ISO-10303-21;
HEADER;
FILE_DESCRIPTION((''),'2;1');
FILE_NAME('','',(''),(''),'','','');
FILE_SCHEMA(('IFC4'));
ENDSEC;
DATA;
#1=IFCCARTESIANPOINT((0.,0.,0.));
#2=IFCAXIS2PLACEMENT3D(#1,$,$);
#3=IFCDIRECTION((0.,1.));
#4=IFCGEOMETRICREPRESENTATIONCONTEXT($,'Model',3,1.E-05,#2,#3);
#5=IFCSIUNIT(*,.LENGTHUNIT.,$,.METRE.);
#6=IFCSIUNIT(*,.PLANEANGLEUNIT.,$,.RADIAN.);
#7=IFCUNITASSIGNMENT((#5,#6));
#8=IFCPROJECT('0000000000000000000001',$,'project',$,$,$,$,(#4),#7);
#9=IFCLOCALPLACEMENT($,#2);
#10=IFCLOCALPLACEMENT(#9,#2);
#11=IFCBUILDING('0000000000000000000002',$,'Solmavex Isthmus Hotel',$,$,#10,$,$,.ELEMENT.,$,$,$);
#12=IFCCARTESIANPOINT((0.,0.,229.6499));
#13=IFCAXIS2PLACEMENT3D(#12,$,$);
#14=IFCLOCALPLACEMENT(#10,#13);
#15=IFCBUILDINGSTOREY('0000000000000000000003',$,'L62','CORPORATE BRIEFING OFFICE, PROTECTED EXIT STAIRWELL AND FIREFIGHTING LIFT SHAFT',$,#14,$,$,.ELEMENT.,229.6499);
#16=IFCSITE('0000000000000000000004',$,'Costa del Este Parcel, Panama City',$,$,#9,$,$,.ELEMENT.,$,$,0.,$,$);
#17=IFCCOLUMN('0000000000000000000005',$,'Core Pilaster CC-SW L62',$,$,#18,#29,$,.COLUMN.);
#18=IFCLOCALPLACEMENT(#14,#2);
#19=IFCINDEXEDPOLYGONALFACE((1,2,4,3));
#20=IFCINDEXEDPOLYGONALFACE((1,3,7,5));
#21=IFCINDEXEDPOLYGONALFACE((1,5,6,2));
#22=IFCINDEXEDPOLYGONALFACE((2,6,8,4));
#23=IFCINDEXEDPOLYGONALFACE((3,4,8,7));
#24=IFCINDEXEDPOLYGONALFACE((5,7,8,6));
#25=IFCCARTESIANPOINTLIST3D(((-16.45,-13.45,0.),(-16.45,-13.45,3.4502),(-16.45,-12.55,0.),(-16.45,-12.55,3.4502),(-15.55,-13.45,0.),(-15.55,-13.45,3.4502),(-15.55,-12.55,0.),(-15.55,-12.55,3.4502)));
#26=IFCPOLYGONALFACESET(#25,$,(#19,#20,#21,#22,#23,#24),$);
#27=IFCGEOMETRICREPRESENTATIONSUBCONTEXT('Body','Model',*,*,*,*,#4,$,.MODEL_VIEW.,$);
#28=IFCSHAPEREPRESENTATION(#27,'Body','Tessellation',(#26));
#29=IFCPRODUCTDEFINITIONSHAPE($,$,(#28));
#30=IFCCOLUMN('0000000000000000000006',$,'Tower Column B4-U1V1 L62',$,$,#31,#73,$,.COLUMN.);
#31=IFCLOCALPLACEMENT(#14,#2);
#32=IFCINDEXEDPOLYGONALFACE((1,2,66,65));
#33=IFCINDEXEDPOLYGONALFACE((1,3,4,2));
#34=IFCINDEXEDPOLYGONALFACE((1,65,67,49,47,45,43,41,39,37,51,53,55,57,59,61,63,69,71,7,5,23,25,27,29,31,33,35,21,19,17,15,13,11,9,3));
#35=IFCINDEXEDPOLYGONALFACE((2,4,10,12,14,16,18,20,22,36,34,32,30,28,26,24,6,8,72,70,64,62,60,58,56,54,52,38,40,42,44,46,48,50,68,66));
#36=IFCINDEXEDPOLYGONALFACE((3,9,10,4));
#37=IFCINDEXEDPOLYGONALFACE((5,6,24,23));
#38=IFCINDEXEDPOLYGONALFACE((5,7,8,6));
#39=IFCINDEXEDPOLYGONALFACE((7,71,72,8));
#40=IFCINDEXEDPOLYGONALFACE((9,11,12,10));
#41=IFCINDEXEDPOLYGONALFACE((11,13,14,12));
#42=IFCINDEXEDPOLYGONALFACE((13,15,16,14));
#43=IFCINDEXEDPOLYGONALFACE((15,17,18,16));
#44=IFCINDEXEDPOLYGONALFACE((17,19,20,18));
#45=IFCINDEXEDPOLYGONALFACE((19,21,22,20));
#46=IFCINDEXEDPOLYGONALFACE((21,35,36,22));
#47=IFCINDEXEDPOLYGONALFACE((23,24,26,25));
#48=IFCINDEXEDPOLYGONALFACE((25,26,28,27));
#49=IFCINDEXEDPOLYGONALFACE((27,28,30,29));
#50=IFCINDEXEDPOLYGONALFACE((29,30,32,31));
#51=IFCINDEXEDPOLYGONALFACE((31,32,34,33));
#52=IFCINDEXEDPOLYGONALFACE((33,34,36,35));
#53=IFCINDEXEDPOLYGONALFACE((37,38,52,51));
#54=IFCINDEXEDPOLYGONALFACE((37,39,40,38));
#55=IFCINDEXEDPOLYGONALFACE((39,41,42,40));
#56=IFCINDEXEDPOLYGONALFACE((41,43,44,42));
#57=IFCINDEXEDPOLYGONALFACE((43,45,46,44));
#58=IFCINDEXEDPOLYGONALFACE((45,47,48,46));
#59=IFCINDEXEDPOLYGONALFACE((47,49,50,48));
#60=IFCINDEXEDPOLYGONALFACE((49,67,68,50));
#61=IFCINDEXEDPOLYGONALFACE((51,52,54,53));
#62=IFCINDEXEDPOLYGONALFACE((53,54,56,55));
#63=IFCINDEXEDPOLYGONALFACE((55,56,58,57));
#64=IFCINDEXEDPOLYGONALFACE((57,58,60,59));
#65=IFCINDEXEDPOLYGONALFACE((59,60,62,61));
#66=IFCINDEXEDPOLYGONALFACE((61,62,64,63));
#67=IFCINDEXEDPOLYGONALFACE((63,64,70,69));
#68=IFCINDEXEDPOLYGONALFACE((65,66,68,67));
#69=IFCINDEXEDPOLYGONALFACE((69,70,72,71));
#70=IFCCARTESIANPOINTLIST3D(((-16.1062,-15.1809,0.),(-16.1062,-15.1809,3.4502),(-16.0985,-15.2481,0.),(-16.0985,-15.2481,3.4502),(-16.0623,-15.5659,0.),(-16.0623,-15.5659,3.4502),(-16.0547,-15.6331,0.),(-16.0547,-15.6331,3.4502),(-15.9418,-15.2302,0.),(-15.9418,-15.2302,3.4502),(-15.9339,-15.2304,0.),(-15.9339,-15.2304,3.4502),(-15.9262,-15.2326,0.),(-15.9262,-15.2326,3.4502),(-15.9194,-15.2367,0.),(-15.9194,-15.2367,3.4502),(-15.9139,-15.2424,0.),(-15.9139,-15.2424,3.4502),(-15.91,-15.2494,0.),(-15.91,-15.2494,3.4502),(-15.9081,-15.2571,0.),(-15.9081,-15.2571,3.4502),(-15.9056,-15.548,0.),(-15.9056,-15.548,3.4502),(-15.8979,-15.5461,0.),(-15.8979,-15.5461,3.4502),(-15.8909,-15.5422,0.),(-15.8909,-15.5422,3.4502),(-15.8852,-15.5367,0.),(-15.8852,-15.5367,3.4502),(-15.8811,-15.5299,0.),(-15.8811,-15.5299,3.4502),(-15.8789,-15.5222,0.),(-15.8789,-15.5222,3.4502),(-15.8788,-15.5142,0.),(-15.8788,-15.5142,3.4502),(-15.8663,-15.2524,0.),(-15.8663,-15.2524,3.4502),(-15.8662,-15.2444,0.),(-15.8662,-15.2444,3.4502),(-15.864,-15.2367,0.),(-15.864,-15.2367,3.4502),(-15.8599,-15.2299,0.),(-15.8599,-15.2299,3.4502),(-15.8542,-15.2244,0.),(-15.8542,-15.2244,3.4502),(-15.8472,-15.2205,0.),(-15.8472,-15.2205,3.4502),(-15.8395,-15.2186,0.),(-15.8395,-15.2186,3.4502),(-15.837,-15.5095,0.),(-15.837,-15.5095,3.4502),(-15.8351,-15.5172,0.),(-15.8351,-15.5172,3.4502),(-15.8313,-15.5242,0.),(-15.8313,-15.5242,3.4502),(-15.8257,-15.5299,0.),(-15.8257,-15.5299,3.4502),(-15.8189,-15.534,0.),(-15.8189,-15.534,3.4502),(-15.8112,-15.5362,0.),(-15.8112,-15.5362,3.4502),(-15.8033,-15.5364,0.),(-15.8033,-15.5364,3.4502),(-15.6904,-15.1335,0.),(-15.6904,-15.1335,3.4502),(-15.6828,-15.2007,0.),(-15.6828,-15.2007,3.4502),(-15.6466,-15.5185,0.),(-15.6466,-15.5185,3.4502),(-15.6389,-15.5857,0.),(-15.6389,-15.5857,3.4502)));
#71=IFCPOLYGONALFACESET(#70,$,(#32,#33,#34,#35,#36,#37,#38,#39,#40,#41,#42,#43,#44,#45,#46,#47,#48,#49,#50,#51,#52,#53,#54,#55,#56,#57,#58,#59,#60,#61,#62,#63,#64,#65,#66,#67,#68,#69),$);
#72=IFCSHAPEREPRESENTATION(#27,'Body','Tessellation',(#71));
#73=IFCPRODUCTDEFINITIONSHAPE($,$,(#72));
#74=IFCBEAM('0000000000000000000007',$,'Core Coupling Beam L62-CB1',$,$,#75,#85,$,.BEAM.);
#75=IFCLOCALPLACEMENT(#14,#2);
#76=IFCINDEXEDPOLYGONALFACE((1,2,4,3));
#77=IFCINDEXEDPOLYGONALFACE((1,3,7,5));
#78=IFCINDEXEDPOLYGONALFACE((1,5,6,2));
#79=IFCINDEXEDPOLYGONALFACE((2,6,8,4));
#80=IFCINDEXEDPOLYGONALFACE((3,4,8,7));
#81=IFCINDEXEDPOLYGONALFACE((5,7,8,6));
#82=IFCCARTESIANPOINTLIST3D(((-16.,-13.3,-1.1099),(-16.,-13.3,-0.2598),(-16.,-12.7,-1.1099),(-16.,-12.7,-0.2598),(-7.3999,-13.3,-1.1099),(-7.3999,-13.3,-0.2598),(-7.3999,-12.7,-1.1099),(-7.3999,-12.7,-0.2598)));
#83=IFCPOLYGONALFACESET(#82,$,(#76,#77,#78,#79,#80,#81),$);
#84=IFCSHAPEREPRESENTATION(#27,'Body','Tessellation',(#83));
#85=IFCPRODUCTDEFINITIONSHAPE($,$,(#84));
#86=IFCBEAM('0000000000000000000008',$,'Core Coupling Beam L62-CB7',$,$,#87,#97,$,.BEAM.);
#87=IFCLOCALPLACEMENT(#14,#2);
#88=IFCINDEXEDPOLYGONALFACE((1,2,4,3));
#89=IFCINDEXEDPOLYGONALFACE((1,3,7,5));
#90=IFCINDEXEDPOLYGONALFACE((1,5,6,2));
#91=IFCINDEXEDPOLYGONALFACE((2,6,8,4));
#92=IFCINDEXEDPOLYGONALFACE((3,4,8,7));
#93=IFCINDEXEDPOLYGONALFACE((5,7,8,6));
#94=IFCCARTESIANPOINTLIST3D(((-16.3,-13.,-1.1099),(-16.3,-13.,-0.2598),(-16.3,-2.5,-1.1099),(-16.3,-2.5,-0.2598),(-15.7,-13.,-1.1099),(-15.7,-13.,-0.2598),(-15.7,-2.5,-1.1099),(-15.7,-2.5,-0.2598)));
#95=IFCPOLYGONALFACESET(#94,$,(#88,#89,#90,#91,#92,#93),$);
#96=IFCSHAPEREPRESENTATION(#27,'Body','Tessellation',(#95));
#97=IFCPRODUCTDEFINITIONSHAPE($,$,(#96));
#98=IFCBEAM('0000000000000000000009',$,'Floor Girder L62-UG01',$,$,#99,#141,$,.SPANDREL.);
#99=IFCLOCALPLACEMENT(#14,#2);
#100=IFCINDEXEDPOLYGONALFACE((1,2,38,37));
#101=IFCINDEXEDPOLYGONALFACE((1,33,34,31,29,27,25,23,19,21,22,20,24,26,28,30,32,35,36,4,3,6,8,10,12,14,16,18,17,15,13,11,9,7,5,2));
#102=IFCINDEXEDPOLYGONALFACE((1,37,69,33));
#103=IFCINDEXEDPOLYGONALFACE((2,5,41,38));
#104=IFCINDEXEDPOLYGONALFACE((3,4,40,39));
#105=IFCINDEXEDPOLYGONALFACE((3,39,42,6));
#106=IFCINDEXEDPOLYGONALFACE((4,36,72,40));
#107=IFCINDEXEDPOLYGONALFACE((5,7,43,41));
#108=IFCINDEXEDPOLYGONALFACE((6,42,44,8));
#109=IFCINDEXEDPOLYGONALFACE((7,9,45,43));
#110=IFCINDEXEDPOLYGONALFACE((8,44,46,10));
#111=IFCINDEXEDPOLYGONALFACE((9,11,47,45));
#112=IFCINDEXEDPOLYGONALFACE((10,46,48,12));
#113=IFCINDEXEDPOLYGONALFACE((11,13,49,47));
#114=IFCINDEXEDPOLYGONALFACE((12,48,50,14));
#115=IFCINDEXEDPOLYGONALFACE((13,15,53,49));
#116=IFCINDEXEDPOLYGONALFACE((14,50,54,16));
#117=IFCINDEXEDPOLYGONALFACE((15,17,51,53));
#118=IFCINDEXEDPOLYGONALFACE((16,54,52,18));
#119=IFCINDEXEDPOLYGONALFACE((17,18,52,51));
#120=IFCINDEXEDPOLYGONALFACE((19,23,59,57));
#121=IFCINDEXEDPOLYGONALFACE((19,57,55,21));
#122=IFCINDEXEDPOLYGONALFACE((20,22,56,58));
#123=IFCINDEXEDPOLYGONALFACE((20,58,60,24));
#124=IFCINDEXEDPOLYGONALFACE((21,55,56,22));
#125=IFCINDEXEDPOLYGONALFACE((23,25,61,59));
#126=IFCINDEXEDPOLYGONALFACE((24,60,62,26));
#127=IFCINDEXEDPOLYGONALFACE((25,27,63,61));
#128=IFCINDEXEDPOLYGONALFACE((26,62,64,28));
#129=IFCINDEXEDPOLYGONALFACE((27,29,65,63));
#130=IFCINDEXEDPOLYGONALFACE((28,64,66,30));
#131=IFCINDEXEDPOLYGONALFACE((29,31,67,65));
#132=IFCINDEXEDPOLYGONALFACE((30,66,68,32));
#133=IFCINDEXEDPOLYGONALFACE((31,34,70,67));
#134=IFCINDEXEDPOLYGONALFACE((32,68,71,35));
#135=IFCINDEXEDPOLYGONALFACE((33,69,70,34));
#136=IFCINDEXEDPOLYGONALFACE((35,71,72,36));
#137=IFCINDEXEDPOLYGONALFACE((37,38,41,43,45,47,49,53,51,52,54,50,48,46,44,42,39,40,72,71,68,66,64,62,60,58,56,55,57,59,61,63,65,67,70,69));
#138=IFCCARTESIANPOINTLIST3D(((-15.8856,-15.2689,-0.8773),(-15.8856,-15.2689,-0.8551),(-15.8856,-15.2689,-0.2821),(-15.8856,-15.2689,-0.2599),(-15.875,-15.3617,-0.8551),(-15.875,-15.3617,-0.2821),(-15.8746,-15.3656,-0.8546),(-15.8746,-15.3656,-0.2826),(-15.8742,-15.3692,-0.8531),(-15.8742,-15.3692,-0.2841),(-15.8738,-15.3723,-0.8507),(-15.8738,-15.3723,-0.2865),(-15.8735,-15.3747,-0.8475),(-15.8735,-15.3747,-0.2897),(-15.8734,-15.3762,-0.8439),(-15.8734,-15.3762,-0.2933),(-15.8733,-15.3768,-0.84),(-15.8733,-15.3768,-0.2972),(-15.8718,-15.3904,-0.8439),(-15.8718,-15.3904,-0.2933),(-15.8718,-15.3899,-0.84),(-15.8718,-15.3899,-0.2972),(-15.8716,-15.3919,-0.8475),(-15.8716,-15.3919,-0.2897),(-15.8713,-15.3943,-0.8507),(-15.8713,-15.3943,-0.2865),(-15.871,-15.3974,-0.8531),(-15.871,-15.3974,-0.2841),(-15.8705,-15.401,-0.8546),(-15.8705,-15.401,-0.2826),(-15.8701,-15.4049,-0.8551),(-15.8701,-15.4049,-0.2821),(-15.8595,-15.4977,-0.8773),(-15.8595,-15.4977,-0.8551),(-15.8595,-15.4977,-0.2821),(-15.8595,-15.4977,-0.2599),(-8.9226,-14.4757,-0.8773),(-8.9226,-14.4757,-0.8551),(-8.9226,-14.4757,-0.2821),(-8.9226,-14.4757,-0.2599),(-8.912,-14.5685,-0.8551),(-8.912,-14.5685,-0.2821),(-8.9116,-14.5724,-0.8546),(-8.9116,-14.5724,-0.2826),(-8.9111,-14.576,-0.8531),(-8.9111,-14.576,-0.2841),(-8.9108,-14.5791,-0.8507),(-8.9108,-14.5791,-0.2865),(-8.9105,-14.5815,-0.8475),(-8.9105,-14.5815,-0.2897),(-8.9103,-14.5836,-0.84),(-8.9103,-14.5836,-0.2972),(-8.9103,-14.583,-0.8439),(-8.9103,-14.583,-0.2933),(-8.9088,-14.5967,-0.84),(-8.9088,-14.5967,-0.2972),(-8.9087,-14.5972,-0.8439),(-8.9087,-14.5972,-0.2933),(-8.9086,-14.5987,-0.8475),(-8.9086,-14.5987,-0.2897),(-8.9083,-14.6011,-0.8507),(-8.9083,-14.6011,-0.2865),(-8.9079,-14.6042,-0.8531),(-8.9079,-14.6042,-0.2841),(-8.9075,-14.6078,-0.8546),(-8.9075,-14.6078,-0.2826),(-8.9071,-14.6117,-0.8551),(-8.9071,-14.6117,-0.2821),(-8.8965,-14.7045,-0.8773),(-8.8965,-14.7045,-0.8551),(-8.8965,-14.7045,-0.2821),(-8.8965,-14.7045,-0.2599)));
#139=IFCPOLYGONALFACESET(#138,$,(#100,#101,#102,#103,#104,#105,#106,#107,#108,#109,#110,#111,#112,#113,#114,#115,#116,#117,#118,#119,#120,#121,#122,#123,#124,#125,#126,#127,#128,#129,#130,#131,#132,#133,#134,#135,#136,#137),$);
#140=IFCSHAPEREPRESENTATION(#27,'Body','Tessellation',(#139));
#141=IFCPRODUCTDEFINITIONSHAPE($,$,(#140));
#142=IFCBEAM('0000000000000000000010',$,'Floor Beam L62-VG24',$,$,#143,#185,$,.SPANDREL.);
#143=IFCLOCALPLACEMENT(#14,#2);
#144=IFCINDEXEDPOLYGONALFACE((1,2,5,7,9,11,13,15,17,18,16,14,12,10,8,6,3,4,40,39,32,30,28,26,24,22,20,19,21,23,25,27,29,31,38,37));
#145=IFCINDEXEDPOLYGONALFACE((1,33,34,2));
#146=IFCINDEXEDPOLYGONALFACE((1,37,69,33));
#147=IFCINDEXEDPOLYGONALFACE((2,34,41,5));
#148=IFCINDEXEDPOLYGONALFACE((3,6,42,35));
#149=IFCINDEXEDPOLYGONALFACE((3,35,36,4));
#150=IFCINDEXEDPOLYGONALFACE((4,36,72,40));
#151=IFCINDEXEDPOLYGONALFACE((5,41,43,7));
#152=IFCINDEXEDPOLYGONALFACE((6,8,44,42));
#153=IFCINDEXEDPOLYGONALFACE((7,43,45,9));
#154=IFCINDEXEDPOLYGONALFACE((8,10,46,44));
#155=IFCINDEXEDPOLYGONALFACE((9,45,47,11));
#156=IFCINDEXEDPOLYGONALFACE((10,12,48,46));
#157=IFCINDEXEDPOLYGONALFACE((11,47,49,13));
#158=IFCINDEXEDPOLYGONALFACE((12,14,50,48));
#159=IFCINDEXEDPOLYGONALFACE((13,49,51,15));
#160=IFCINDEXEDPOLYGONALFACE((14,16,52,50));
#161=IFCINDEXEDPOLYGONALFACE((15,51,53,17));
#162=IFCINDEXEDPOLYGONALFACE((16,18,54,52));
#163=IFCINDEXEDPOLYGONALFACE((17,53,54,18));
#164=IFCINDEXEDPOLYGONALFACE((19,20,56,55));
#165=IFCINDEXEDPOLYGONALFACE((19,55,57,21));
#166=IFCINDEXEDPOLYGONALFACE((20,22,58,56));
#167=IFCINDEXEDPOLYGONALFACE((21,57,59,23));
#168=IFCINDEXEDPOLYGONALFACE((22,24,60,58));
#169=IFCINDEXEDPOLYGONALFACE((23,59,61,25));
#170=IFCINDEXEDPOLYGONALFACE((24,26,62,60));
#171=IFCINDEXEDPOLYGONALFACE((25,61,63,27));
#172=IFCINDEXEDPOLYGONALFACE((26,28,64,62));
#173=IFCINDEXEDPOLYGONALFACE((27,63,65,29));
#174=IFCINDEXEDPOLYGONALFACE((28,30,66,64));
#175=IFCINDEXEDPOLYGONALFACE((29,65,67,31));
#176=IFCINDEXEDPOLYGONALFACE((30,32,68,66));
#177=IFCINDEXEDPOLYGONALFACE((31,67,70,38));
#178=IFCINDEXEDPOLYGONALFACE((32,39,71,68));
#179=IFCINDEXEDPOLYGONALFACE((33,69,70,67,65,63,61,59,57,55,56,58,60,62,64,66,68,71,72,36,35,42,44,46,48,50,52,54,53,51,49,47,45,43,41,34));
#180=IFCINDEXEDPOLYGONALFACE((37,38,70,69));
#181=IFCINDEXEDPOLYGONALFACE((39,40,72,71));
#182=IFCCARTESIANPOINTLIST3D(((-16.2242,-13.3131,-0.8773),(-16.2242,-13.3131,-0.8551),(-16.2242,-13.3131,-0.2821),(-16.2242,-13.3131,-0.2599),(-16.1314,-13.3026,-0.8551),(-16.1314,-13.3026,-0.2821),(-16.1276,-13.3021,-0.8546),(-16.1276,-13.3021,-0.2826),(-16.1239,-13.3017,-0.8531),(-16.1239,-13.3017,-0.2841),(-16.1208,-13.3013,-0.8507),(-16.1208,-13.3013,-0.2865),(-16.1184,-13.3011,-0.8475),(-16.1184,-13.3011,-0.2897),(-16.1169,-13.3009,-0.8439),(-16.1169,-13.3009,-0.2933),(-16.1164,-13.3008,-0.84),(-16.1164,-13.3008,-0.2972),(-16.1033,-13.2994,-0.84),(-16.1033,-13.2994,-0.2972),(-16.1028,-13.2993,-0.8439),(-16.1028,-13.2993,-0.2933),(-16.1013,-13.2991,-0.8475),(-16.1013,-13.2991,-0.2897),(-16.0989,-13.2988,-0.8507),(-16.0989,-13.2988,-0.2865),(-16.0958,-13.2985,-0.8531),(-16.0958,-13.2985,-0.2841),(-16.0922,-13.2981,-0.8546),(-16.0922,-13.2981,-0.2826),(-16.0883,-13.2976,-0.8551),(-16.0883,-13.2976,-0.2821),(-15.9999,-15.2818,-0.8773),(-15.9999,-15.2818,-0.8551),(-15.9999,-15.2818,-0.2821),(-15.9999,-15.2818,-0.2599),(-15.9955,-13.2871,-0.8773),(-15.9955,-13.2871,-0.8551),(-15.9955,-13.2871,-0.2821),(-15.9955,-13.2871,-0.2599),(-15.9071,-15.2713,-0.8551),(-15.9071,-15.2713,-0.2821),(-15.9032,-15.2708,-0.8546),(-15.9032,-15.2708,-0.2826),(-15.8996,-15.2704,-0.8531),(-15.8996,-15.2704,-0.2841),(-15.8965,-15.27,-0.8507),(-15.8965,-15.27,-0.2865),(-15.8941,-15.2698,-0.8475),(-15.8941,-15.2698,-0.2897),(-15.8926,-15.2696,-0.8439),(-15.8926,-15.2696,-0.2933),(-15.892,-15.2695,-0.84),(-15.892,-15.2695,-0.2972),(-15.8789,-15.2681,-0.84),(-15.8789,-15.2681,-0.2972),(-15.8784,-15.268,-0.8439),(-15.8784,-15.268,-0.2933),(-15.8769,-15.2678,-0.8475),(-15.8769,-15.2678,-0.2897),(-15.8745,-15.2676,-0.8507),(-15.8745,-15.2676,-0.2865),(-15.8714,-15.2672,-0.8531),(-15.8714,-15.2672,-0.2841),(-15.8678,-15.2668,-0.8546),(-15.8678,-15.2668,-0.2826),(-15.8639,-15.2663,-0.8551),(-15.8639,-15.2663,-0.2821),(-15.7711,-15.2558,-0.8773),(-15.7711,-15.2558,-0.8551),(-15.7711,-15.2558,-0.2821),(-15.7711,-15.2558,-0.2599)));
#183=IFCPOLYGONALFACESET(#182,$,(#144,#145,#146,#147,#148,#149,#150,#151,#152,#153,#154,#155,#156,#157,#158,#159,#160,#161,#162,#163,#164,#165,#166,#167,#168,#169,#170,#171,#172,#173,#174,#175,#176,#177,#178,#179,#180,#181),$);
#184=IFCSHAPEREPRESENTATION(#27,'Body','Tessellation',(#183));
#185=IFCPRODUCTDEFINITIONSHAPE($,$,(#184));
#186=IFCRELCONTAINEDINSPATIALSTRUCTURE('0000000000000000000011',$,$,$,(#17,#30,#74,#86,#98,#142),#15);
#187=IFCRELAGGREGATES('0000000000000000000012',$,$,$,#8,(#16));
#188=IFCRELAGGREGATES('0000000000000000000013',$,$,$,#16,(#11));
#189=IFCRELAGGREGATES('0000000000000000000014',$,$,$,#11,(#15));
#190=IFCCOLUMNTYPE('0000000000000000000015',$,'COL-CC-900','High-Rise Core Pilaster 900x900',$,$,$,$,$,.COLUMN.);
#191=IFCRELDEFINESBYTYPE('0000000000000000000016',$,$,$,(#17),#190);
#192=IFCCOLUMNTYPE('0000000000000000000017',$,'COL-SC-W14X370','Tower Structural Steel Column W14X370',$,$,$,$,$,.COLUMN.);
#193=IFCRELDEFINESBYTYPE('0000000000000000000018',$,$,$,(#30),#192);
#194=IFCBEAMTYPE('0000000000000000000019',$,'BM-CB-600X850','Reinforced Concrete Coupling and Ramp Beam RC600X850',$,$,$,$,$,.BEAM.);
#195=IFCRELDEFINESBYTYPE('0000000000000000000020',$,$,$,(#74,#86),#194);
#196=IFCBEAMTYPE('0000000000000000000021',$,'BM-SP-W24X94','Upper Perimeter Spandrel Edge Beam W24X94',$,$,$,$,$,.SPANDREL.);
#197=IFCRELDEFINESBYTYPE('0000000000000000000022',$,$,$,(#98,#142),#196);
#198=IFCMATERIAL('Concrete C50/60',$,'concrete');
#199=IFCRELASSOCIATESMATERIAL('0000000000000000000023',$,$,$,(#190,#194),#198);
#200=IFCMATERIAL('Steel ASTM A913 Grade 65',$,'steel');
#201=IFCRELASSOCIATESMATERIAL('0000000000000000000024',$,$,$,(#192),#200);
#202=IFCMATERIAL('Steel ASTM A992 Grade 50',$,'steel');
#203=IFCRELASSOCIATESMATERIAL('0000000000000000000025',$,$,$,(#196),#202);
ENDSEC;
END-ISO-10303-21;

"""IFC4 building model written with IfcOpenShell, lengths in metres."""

from ifc_helpers import new_model, si_unit, direction, frame, origin, origin_2d, place, context, subcontext, project, spatial, rectangle, i_section, extrude, material, material_profile, profile_set, type_object, element, save


model = new_model("IFC4")

# Units and contexts
model_context = context("Model", 3, precision=1e-05, world=origin(), true_north=direction((0.0, 1.0)))
body_context = subcontext(model_context, "Body", "Model", "MODEL_VIEW")
ifc_project = project(units=[si_unit("LENGTHUNIT", "METRE"), si_unit("PLANEANGLEUNIT", "RADIAN")], contexts=[model_context])

# Site, building, storey
site_placement = place(None, origin())
site = spatial("IfcSite", under=ifc_project, at=site_placement, Name="Costa del Este Parcel, Panama City", CompositionType="ELEMENT", RefElevation=0.0)
building_placement = place(site_placement, origin())
building = spatial("IfcBuilding", under=site, at=building_placement, Name="Solmavex Isthmus Hotel", CompositionType="ELEMENT")
storey_placement = place(building_placement, frame((0.0, 0.0, 229.6499)))
storey = spatial("IfcBuildingStorey", under=building, at=storey_placement, Name="L62", Description="CORPORATE BRIEFING OFFICE, PROTECTED EXIT STAIRWELL AND FIREFIGHTING LIFT SHAFT", CompositionType="ELEMENT", Elevation=229.6499)

# Columns
ifc_material_1 = material(Name="Concrete C50/60", Category="concrete")
ifc_material_profile_1 = material_profile(ifc_material_1, rectangle(XDim=0.8999, YDim=0.8999, at=origin_2d()), Name="RC900X900")
ifc_profile_set_1 = profile_set([ifc_material_profile_1], Name="Concrete C50/60")
column_type_1 = type_object("IfcColumnType", Name="COL-CC-900", Description="High-Rise Core Pilaster 900x900", PredefinedType="COLUMN", material=ifc_profile_set_1)
column_1_placement = place(storey_placement, frame((-16.0, -13.0, 0.0), z_axis=(0.0, 0.0, 1.0), x_axis=(1.0, 0.0, 0.0)))
element("IfcColumn", 1, at=column_1_placement, inside=storey, type_object=column_type_1, Name="Core Pilaster CC-SW L62", PredefinedType="COLUMN", context=body_context, shape_type="SweptSolid", body=[
    extrude(rectangle(XDim=0.8999, YDim=0.8999, at=origin_2d()), origin(), (0.0, 0.0, 1.0), 3.4502),
])
ifc_material_2 = material(Name="Steel ASTM A913 Grade 65", Category="steel")
ifc_material_profile_2 = material_profile(ifc_material_2, i_section(OverallWidth=0.4185, OverallDepth=0.4551, WebThickness=0.042, FlangeThickness=0.0676, FilletRadius=0.0305, at=origin_2d()), Name="W14X370")
ifc_profile_set_2 = profile_set([ifc_material_profile_2], Name="Steel ASTM A913 Grade 65")
column_type_2 = type_object("IfcColumnType", Name="COL-SC-W14X370", Description="Tower Structural Steel Column W14X370", PredefinedType="COLUMN", material=ifc_profile_set_2)
column_2_placement = place(storey_placement, frame((-15.8726, -15.3833, 0.0), z_axis=(0.0, 0.0, 1.0), x_axis=(0.993572, 0.113203, 0.0)))
element("IfcColumn", 2, at=column_2_placement, inside=storey, type_object=column_type_2, Name="Tower Column B4-U1V1 L62", PredefinedType="COLUMN", context=body_context, shape_type="SweptSolid", body=[
    extrude(i_section(OverallWidth=0.4185, OverallDepth=0.4551, WebThickness=0.042, FlangeThickness=0.0676, FilletRadius=0.0305, at=origin_2d()), origin(), (0.0, 0.0, 1.0), 3.4502),
])

# Beams
ifc_material_profile_3 = material_profile(ifc_material_1, rectangle(XDim=0.6001, YDim=0.8501, at=origin_2d()), Name="RC600X850")
ifc_profile_set_3 = profile_set([ifc_material_profile_3], Name="Concrete C50/60")
beam_type_1 = type_object("IfcBeamType", Name="BM-CB-600X850", Description="Reinforced Concrete Coupling and Ramp Beam RC600X850", PredefinedType="BEAM", material=ifc_profile_set_3)
beam_1_placement = place(storey_placement, frame((-16.0, -13.0, -0.6848), z_axis=(1.0, 0.0, 0.0), x_axis=(0.0, 1.0, 0.0)))
element("IfcBeam", 3, at=beam_1_placement, inside=storey, type_object=beam_type_1, Name="Core Coupling Beam L62-CB1", PredefinedType="BEAM", context=body_context, shape_type="SweptSolid", body=[
    extrude(rectangle(XDim=0.6001, YDim=0.8501, at=origin_2d()), origin(), (0.0, 0.0, 1.0), 8.6001),
])
beam_2_placement = place(storey_placement, frame((-16.0, -13.0, -0.6848), z_axis=(0.0, 1.0, 0.0), x_axis=(-1.0, 0.0, 0.0)))
element("IfcBeam", 4, at=beam_2_placement, inside=storey, type_object=beam_type_1, Name="Core Coupling Beam L62-CB7", PredefinedType="BEAM", context=body_context, shape_type="SweptSolid", body=[
    extrude(rectangle(XDim=0.6001, YDim=0.8501, at=origin_2d()), origin(), (0.0, 0.0, 1.0), 10.5),
])
ifc_material_3 = material(Name="Steel ASTM A992 Grade 50", Category="steel")
ifc_material_profile_4 = material_profile(ifc_material_3, i_section(OverallWidth=0.2302, OverallDepth=0.6174, WebThickness=0.0132, FlangeThickness=0.0222, FilletRadius=0.0151, at=origin_2d()), Name="W24X94")
ifc_profile_set_4 = profile_set([ifc_material_profile_4], Name="Steel ASTM A992 Grade 50")
beam_type_2 = type_object("IfcBeamType", Name="BM-SP-W24X94", Description="Upper Perimeter Spandrel Edge Beam W24X94", PredefinedType="SPANDREL", material=ifc_profile_set_4)
beam_3_placement = place(storey_placement, frame((-15.8726, -15.3833, -0.5686), z_axis=(0.993574, 0.113184, 0.0), x_axis=(-0.113184, 0.993574, 0.0)))
element("IfcBeam", 5, at=beam_3_placement, inside=storey, type_object=beam_type_2, Name="Floor Girder L62-UG01", PredefinedType="SPANDREL", context=body_context, shape_type="SweptSolid", body=[
    extrude(i_section(OverallWidth=0.2302, OverallDepth=0.6174, WebThickness=0.0132, FlangeThickness=0.0222, FilletRadius=0.0151, at=origin_2d()), origin(), (0.0, 0.0, 1.0), 7.0081),
])
beam_4_placement = place(storey_placement, frame((-15.8855, -15.2688, -0.5686), z_axis=(-0.11323, 0.993569, 0.0), x_axis=(-0.993569, -0.11323, 0.0)))
element("IfcBeam", 6, at=beam_4_placement, inside=storey, type_object=beam_type_2, Name="Floor Beam L62-VG24", PredefinedType="SPANDREL", context=body_context, shape_type="SweptSolid", body=[
    extrude(i_section(OverallWidth=0.2302, OverallDepth=0.6174, WebThickness=0.0132, FlangeThickness=0.0222, FilletRadius=0.0151, at=origin_2d()), origin(), (0.0, 0.0, 1.0), 1.9814),
])

save(model, "model.ifc")
